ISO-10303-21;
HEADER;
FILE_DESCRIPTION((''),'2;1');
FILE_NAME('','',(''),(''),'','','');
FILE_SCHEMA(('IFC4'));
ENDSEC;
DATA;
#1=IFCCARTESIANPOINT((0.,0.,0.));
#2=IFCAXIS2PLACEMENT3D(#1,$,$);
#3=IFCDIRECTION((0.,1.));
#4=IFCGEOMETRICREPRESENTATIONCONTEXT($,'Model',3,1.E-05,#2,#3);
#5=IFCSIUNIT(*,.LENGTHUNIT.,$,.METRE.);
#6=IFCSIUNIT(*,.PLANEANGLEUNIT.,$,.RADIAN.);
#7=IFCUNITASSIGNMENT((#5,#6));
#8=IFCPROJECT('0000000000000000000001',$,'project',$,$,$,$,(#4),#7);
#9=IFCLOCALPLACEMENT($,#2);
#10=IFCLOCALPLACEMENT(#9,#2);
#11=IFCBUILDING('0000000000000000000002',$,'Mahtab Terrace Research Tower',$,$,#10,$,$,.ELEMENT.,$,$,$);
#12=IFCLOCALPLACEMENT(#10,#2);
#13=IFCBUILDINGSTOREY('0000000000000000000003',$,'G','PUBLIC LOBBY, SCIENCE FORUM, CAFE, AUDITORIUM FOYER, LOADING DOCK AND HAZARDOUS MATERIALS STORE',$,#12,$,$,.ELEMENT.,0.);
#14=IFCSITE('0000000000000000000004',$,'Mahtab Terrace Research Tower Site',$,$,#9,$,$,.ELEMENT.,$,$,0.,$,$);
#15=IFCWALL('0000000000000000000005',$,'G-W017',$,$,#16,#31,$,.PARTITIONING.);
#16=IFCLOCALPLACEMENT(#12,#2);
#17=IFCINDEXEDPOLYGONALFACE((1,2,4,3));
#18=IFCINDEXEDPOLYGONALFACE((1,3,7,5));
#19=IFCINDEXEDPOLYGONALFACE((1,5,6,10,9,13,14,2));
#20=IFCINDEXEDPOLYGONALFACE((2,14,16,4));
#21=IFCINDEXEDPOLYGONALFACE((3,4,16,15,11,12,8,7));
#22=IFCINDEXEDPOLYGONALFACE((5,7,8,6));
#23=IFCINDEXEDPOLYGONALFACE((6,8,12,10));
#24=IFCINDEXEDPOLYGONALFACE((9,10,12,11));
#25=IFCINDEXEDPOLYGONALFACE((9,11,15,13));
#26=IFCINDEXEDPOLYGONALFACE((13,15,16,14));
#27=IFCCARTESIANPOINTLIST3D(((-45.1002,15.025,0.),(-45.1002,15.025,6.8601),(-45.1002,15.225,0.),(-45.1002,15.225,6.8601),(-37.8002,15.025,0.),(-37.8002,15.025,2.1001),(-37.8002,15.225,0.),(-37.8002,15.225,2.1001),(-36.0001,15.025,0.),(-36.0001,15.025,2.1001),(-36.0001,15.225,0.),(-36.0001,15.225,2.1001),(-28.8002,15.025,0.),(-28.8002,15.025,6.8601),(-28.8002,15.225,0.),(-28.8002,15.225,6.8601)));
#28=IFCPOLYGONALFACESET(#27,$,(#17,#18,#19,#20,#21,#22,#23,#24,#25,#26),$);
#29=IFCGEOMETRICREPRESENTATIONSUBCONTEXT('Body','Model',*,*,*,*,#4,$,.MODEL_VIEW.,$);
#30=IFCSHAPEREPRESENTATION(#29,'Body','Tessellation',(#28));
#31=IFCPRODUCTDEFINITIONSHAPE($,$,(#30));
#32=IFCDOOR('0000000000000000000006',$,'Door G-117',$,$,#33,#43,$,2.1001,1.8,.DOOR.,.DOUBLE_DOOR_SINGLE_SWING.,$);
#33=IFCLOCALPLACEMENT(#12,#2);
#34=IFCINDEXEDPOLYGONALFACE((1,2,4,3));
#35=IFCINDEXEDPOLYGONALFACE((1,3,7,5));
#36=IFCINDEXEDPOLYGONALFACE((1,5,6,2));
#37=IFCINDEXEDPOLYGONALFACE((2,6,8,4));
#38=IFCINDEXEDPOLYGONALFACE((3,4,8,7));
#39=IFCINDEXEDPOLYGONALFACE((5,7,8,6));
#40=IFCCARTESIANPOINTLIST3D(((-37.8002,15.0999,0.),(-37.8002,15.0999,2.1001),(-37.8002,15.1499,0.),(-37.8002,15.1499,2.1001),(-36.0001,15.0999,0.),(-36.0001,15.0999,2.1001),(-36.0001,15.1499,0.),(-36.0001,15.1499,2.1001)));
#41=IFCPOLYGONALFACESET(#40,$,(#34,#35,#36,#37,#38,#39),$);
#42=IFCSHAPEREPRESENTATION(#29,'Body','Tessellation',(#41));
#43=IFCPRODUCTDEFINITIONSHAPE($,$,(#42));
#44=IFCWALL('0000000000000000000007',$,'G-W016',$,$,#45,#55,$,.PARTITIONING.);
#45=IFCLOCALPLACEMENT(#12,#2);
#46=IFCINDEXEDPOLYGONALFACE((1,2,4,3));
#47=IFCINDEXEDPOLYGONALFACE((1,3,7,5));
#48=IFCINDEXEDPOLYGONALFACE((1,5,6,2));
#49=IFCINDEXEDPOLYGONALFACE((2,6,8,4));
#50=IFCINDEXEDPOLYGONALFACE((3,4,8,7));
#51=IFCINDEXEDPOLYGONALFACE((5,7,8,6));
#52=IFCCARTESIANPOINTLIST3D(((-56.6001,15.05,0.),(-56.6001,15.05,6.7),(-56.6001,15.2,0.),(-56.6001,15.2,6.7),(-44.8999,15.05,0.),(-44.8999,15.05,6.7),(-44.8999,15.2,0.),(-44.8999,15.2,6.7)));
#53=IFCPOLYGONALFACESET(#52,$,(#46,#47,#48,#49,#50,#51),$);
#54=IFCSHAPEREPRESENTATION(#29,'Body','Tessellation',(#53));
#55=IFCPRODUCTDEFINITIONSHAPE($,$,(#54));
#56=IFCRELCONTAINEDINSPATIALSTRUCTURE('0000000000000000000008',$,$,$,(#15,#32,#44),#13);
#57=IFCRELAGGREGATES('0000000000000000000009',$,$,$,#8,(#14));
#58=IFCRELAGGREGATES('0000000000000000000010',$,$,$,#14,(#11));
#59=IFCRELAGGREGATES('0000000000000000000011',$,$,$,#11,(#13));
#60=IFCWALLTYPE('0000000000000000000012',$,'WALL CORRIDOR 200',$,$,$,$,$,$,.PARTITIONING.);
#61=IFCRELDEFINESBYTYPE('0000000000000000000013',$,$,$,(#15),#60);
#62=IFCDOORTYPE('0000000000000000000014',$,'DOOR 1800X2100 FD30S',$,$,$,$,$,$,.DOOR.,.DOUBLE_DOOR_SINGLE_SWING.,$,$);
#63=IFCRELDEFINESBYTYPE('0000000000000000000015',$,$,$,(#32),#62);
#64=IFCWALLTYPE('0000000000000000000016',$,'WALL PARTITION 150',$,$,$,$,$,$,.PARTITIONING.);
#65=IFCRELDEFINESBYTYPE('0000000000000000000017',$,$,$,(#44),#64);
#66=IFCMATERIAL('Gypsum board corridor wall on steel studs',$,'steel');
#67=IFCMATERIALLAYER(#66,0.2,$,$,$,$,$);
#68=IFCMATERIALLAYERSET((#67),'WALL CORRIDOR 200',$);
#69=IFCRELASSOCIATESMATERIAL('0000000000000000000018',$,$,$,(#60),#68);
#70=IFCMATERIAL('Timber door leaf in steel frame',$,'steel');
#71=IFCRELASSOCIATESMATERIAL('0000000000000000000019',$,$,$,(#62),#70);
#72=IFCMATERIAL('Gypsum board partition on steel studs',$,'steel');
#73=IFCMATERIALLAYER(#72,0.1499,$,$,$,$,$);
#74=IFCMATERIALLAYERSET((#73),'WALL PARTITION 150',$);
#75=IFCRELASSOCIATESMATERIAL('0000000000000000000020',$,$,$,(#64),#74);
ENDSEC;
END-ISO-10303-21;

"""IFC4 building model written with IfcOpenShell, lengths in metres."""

from ifc_helpers import new_model, si_unit, direction, frame, frame_2d, origin, place, context, subcontext, project, spatial, rectangle, extrude, material, layer, layer_set, type_object, element, fill, save


model = new_model("IFC4")

# Units and contexts
model_context = context("Model", 3, precision=1e-05, world=origin(), true_north=direction((0.0, 1.0)))
body_context = subcontext(model_context, "Body", "Model", "MODEL_VIEW")
ifc_project = project(units=[si_unit("LENGTHUNIT", "METRE"), si_unit("PLANEANGLEUNIT", "RADIAN")], contexts=[model_context])

# Site, building, storey
site_placement = place(None, origin())
site = spatial("IfcSite", under=ifc_project, at=site_placement, Name="Mahtab Terrace Research Tower Site", CompositionType="ELEMENT", RefElevation=0.0)
building_placement = place(site_placement, origin())
building = spatial("IfcBuilding", under=site, at=building_placement, Name="Mahtab Terrace Research Tower", CompositionType="ELEMENT")
storey_placement = place(building_placement, origin())
storey = spatial("IfcBuildingStorey", under=building, at=storey_placement, Name="G", Description="PUBLIC LOBBY, SCIENCE FORUM, CAFE, AUDITORIUM FOYER, LOADING DOCK AND HAZARDOUS MATERIALS STORE", CompositionType="ELEMENT", Elevation=0.0)

# Wall, opening, door
ifc_material_1 = material(Name="Gypsum board corridor wall on steel studs", Category="steel")
ifc_layer_1 = layer(ifc_material_1, 0.2)
ifc_layer_set_1 = layer_set([ifc_layer_1], Name="WALL CORRIDOR 200")
wall_type_1 = type_object("IfcWallType", Name="WALL CORRIDOR 200", PredefinedType="PARTITIONING", material=ifc_layer_set_1)
wall_1_placement = place(storey_placement, frame((-45.1001, 15.125, 0.0), z_axis=(0.0, 0.0, 1.0), x_axis=(1.0, 0.0, 0.0)))
wall_1 = element("IfcWall", 1, at=wall_1_placement, inside=storey, type_object=wall_type_1, Name="G-W017", PredefinedType="PARTITIONING", context=body_context, shape_type="SweptSolid", body=[
    extrude(rectangle(XDim=16.3, YDim=0.2, at=frame_2d((8.1499, 0.0))), origin(), (0.0, 0.0, 1.0), 6.8601),
])
opening_placement = place(wall_1_placement, frame((7.3, 0.0, 0.0)))
opening = element("IfcOpeningElement", 2, at=opening_placement, cuts=wall_1, PredefinedType="OPENING", context=body_context, shape_type="SweptSolid", body=[
    extrude(rectangle(XDim=1.8, YDim=2.1001, at=frame_2d((0.8999, 1.05))), frame((0.0, 0.1099, 0.0), z_axis=(0.0, -1.0, 0.0), x_axis=(1.0, 0.0, 0.0)), (0.0, 0.0, 1.0), 0.22),
])
ifc_material_2 = material(Name="Timber door leaf in steel frame", Category="steel")
door_type = type_object("IfcDoorType", Name="DOOR 1800X2100 FD30S", OperationType="DOUBLE_DOOR_SINGLE_SWING", PredefinedType="DOOR", material=ifc_material_2)
door_placement = place(opening_placement, origin())
door = element("IfcDoor", 3, at=door_placement, inside=storey, type_object=door_type, Name="Door G-117", OperationType="DOUBLE_DOOR_SINGLE_SWING", OverallHeight=2.1001, OverallWidth=1.8, PredefinedType="DOOR", context=body_context, shape_type="SweptSolid", body=[
    extrude(rectangle(XDim=1.8, YDim=2.1001, at=frame_2d((0.8999, 1.05))), frame((0.0, 0.0249, 0.0), z_axis=(0.0, -1.0, 0.0), x_axis=(1.0, 0.0, 0.0)), (0.0, 0.0, 1.0), 0.05),
])
fill(opening, door)

# Wall
ifc_material_3 = material(Name="Gypsum board partition on steel studs", Category="steel")
ifc_layer_2 = layer(ifc_material_3, 0.1499)
ifc_layer_set_2 = layer_set([ifc_layer_2], Name="WALL PARTITION 150")
wall_type_2 = type_object("IfcWallType", Name="WALL PARTITION 150", PredefinedType="PARTITIONING", material=ifc_layer_set_2)
wall_2_placement = place(storey_placement, frame((-56.6001, 15.125, 0.0), z_axis=(0.0, 0.0, 1.0), x_axis=(1.0, 0.0, 0.0)))
element("IfcWall", 4, at=wall_2_placement, inside=storey, type_object=wall_type_2, Name="G-W016", PredefinedType="PARTITIONING", context=body_context, shape_type="SweptSolid", body=[
    extrude(rectangle(XDim=11.7002, YDim=0.1499, at=frame_2d((5.8501, 0.0))), origin(), (0.0, 0.0, 1.0), 6.7),
])

save(model, "model.ifc")
